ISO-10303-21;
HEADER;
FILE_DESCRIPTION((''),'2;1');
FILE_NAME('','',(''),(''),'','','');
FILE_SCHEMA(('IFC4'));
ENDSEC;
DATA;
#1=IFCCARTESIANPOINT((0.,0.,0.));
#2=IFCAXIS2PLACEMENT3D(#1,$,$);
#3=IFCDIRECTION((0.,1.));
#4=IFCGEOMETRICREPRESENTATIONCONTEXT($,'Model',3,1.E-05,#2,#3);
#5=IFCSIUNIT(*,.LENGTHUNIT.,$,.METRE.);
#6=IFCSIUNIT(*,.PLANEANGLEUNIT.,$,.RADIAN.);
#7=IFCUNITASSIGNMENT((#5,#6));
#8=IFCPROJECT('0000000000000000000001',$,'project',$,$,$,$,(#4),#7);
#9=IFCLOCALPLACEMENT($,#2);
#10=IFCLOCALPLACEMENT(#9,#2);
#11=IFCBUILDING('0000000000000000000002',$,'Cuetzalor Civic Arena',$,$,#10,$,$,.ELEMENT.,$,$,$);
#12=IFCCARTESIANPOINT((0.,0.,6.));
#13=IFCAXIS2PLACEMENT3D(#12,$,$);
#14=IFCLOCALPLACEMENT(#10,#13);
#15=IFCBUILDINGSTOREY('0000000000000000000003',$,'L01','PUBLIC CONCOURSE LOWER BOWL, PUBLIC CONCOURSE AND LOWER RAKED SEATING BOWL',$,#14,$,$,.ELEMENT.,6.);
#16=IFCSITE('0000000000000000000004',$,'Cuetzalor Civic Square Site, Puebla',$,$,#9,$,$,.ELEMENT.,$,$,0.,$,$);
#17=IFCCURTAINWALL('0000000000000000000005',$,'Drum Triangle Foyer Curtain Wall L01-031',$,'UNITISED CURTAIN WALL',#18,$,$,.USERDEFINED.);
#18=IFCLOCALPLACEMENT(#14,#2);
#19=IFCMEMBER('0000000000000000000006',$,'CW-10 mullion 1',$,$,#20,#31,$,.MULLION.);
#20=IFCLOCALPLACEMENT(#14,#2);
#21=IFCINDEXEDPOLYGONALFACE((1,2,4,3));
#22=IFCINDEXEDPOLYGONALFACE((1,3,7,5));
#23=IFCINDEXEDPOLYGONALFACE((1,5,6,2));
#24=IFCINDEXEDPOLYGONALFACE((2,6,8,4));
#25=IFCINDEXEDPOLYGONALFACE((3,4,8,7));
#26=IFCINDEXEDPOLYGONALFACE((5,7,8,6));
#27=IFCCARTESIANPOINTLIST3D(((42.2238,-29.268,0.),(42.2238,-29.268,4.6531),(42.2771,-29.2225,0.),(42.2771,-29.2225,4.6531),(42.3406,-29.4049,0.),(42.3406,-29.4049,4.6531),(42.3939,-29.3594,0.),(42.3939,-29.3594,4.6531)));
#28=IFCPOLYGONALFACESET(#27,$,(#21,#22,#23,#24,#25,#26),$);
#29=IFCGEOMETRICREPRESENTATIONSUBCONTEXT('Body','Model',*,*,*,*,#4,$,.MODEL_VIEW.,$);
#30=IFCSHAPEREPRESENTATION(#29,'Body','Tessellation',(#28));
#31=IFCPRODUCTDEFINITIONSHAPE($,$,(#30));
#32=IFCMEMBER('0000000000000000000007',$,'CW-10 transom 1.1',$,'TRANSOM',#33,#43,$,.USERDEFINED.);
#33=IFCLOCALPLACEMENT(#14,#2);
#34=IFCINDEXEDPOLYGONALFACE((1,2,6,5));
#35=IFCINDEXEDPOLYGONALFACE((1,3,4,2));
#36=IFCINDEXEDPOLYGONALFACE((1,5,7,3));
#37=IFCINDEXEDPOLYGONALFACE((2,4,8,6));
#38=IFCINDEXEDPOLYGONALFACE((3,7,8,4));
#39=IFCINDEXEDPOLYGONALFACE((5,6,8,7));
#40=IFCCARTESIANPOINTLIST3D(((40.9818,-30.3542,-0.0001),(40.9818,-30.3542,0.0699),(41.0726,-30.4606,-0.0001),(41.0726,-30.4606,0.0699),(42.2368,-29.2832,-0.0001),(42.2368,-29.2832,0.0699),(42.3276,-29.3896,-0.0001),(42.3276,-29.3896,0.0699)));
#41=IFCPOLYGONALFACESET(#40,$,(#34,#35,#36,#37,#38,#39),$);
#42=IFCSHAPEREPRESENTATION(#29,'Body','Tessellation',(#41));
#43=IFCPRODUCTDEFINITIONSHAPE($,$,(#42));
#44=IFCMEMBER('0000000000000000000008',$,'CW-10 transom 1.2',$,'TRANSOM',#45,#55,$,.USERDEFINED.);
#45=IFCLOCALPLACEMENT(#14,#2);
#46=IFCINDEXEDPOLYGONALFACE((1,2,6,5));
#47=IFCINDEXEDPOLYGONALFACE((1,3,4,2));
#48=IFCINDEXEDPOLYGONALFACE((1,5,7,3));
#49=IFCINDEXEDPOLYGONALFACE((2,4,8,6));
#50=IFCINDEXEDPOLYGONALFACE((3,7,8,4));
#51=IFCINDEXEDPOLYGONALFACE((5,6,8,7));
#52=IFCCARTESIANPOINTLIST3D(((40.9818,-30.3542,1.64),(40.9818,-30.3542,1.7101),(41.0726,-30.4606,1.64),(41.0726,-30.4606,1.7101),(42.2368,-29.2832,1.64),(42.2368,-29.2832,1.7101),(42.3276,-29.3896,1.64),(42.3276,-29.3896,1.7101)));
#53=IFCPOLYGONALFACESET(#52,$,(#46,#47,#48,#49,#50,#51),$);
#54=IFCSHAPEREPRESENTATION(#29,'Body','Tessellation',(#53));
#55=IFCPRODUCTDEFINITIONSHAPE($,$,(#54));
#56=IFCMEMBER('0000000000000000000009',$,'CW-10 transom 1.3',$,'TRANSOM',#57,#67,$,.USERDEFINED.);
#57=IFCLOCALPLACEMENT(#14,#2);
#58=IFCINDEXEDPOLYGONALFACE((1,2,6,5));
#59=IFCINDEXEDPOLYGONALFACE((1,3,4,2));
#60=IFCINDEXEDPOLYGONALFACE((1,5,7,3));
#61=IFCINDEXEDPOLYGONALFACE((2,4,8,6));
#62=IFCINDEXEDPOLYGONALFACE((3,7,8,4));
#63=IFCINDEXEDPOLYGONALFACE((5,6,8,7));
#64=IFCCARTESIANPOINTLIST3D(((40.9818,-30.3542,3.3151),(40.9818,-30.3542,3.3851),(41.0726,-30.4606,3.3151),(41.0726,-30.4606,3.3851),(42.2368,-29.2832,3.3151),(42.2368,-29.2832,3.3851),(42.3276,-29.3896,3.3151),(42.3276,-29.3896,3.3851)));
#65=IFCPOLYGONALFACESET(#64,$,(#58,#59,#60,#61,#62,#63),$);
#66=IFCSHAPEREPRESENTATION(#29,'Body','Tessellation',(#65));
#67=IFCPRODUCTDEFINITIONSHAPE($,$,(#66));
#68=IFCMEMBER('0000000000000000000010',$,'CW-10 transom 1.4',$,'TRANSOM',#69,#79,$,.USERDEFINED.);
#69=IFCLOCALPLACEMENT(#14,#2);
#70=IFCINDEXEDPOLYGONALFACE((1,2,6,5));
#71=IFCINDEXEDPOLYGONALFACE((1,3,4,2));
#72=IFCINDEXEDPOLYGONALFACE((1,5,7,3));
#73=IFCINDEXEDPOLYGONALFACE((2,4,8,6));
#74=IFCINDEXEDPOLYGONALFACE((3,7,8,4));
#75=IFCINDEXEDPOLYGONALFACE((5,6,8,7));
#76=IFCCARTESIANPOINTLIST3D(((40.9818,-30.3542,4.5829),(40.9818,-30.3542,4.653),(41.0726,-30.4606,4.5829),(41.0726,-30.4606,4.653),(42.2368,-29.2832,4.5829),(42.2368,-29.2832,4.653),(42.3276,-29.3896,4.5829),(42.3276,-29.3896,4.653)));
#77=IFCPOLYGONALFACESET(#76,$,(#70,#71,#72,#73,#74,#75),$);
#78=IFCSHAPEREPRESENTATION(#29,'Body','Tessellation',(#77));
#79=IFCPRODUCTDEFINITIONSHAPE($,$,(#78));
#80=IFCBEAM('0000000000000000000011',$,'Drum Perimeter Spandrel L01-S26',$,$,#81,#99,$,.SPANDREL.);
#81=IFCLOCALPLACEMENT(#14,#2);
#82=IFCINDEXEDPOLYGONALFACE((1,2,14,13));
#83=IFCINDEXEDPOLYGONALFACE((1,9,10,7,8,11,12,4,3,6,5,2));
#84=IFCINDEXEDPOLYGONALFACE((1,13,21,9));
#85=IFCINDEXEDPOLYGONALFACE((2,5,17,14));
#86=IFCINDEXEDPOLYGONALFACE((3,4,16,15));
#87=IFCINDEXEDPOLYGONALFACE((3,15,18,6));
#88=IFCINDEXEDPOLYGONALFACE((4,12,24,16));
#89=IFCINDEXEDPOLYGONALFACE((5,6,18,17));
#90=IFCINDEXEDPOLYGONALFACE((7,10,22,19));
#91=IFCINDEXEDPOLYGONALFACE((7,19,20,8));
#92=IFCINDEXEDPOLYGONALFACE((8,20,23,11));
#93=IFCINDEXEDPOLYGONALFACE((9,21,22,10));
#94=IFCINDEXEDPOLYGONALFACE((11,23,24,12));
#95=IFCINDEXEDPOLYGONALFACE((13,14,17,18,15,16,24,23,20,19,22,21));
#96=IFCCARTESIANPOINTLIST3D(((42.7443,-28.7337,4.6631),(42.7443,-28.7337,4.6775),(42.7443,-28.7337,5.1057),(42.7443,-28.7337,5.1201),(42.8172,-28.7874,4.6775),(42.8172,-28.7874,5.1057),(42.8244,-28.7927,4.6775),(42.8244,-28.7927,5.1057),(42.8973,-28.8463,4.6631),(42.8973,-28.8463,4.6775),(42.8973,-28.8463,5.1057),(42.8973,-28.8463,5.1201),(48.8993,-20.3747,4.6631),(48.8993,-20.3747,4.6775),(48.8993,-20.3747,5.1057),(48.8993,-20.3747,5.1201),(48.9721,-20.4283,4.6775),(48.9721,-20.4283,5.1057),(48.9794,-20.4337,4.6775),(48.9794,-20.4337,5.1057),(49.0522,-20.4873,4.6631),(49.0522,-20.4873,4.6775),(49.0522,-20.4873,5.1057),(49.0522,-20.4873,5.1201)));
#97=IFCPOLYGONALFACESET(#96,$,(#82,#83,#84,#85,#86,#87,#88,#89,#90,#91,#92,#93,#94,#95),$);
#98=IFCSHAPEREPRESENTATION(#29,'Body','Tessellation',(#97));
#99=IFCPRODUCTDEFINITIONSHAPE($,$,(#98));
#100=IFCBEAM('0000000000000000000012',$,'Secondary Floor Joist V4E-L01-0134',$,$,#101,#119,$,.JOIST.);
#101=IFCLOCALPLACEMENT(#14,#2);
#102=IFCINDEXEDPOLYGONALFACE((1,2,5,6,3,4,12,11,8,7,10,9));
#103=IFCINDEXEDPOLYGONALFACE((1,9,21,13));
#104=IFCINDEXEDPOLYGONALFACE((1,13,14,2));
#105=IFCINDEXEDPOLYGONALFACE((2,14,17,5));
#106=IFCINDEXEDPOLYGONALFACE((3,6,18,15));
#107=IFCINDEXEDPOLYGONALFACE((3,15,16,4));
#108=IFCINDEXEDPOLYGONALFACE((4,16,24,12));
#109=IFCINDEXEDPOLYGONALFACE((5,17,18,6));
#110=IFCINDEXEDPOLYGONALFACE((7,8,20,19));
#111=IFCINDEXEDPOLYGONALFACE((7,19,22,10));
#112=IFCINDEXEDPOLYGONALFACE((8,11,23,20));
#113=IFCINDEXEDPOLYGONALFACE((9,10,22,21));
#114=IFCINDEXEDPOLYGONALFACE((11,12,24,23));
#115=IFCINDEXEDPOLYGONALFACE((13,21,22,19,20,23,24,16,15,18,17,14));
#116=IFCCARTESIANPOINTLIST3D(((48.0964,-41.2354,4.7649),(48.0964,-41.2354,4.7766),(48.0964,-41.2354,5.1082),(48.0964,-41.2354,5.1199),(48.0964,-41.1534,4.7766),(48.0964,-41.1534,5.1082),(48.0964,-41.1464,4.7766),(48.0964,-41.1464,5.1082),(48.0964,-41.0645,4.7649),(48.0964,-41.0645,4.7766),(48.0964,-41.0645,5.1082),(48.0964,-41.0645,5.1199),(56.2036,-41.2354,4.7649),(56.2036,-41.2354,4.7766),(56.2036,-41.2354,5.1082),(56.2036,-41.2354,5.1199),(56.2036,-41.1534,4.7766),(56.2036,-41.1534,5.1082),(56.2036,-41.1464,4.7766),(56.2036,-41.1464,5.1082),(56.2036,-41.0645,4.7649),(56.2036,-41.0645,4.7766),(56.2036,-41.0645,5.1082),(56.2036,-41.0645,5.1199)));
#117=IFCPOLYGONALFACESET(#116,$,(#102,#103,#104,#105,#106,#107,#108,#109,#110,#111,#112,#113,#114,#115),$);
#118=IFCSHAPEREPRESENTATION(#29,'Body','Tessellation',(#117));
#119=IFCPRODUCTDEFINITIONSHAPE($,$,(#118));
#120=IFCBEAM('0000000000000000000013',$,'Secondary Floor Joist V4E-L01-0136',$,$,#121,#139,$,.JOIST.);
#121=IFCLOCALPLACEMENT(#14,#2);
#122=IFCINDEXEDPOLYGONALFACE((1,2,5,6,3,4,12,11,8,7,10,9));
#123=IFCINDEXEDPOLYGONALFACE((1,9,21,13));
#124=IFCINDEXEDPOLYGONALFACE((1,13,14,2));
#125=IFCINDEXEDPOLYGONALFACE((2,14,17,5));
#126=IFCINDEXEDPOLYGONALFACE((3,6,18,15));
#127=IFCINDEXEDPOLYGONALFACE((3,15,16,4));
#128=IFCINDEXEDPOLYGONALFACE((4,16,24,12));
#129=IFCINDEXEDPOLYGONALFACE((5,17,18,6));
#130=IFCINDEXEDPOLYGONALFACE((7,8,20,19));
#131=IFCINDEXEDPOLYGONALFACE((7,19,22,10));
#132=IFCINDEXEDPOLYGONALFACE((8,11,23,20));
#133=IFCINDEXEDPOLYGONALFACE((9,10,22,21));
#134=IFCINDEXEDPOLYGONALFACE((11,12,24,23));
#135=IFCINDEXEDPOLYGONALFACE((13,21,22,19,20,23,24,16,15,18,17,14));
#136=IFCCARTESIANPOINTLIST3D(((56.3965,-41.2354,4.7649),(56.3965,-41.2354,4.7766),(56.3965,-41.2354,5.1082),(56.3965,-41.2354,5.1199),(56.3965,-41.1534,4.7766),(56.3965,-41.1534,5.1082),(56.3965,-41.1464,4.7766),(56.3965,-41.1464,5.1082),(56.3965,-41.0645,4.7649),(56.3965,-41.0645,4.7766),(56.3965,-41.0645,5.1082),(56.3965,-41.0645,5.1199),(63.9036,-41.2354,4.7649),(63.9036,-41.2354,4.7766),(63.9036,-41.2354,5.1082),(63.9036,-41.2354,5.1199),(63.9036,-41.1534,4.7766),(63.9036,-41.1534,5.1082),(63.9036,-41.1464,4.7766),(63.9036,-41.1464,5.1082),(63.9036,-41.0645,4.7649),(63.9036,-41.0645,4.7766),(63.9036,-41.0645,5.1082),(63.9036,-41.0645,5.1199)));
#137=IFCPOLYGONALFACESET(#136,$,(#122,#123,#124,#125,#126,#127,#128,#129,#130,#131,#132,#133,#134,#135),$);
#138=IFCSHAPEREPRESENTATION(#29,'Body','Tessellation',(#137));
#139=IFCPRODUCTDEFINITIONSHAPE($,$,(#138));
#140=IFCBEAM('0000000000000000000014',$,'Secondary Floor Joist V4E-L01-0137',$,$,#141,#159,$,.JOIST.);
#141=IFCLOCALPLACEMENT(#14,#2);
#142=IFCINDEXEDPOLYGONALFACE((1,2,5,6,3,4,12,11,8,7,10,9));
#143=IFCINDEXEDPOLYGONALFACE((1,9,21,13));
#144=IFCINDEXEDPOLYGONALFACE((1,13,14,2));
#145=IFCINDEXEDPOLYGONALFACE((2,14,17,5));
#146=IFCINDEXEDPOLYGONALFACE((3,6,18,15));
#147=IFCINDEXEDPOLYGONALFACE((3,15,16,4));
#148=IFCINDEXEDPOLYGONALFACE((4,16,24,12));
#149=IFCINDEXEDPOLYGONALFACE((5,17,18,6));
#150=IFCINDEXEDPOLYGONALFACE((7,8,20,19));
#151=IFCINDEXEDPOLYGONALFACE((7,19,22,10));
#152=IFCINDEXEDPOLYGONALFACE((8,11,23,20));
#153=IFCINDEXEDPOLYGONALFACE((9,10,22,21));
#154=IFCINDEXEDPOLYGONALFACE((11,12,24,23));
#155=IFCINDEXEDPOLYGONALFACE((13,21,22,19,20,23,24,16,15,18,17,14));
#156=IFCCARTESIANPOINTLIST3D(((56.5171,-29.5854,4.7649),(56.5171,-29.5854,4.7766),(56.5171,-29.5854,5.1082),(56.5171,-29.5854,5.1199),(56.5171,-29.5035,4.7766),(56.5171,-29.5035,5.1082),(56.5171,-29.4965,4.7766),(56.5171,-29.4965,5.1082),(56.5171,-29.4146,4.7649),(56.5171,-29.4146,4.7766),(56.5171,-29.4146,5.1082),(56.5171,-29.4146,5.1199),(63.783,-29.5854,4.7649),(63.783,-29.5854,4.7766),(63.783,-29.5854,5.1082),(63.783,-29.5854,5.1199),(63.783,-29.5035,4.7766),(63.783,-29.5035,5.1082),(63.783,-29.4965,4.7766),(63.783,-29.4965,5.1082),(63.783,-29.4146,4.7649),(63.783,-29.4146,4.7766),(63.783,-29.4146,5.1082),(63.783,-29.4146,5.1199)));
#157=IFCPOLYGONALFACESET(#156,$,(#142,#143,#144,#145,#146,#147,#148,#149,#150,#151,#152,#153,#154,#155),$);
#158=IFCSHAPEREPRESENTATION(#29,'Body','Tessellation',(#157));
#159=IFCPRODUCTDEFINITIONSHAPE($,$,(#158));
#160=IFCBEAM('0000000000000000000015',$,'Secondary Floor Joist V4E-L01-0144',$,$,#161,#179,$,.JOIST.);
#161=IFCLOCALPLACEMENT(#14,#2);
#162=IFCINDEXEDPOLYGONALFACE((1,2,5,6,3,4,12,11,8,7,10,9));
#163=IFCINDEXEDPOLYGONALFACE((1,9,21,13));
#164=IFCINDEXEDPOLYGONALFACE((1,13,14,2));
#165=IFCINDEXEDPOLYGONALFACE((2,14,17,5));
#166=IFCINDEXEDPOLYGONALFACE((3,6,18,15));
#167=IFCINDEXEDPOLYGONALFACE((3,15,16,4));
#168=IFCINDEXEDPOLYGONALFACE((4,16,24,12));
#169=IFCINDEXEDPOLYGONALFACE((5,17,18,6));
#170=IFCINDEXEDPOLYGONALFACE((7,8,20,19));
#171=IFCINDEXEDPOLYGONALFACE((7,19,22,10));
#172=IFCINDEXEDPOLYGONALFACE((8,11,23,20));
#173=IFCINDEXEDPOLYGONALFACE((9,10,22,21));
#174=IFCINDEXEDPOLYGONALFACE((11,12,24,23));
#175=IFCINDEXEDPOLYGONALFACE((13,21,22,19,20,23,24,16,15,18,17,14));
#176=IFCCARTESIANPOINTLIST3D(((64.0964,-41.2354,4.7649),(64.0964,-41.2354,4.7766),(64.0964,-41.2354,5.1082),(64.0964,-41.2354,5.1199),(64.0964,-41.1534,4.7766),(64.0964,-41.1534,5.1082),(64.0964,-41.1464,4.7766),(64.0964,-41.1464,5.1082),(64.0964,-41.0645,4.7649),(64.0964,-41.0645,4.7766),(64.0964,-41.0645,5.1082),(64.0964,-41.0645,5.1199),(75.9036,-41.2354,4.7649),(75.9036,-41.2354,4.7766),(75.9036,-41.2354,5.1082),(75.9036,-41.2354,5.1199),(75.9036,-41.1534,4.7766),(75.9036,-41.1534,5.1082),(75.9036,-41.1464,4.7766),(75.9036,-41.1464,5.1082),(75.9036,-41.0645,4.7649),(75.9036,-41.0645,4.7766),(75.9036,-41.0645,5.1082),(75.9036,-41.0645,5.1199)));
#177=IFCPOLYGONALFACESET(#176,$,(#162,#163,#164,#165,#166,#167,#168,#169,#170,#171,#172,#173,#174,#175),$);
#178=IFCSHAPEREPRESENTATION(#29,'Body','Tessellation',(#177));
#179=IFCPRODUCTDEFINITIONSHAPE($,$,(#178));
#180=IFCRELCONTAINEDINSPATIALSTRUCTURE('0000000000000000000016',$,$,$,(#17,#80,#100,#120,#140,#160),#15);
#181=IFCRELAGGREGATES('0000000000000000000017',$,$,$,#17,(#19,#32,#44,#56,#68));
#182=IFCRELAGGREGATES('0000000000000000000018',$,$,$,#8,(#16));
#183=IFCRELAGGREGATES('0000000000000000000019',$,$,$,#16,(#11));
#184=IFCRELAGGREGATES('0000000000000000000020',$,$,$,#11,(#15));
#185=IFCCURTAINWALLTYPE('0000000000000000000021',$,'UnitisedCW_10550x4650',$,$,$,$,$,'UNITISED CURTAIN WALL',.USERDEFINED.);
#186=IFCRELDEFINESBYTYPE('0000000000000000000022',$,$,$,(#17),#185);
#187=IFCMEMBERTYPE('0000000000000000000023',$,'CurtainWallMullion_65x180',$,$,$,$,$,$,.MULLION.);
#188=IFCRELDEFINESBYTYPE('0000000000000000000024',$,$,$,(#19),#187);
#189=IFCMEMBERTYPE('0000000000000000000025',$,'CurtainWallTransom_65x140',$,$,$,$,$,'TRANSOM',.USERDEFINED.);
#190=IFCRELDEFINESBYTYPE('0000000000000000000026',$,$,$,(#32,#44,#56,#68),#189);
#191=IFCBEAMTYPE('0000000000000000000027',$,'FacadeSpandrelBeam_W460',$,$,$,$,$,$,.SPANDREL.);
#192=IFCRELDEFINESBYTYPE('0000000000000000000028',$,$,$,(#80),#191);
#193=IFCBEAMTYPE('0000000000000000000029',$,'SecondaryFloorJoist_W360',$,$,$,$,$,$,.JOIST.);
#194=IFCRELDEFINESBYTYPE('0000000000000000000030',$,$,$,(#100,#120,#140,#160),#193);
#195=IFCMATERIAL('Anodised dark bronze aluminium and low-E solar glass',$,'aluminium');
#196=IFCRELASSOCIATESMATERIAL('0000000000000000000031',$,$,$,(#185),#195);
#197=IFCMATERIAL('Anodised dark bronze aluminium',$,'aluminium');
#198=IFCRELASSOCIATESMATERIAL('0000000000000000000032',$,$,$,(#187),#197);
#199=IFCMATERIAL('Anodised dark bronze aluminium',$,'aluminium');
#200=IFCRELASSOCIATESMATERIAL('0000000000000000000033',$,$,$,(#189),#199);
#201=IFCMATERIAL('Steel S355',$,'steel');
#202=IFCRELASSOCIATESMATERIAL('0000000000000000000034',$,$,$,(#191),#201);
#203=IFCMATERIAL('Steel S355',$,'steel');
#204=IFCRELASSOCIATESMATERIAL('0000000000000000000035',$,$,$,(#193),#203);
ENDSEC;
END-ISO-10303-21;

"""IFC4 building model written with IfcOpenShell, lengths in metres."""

from ifc_helpers import new_model, si_unit, direction, frame, origin, origin_2d, place, context, subcontext, project, spatial, rectangle, i_section, extrude, material, material_profile, profile_set, type_object, element, aggregate, save


model = new_model("IFC4")

# Units and contexts
model_context = context("Model", 3, precision=1e-05, world=origin(), true_north=direction((0.0, 1.0)))
body_context = subcontext(model_context, "Body", "Model", "MODEL_VIEW")
ifc_project = project(units=[si_unit("LENGTHUNIT", "METRE"), si_unit("PLANEANGLEUNIT", "RADIAN")], contexts=[model_context])

# Site, building, storey
site_placement = place(None, origin())
site = spatial("IfcSite", under=ifc_project, at=site_placement, Name="Cuetzalor Civic Square Site, Puebla", CompositionType="ELEMENT", RefElevation=0.0)
building_placement = place(site_placement, origin())
building = spatial("IfcBuilding", under=site, at=building_placement, Name="Cuetzalor Civic Arena", CompositionType="ELEMENT")
storey_placement = place(building_placement, frame((0.0, 0.0, 6.0)))
storey = spatial("IfcBuildingStorey", under=building, at=storey_placement, Name="L01", Description="PUBLIC CONCOURSE LOWER BOWL, PUBLIC CONCOURSE AND LOWER RAKED SEATING BOWL", CompositionType="ELEMENT", Elevation=6.0)

# Curtain wall, members
ifc_material_1 = material(Name="Anodised dark bronze aluminium and low-E solar glass", Category="aluminium")
curtain_wall_type = type_object("IfcCurtainWallType", Name="UnitisedCW_10550x4650", ElementType="UNITISED CURTAIN WALL", PredefinedType="USERDEFINED", material=ifc_material_1)
curtain_wall_placement = place(storey_placement, origin())
curtain_wall = element("IfcCurtainWall", 1, at=curtain_wall_placement, inside=storey, type_object=curtain_wall_type, Name="Drum Triangle Foyer Curtain Wall L01-031", ObjectType="UNITISED CURTAIN WALL", PredefinedType="USERDEFINED")
ifc_material_2 = material(Name="Anodised dark bronze aluminium", Category="aluminium")
ifc_material_profile_1 = material_profile(ifc_material_2, rectangle(XDim=0.0701, YDim=0.1799, at=origin_2d()), Name="ALU MULLION 70x180")
ifc_profile_set_1 = profile_set([ifc_material_profile_1], Name="Anodised dark bronze aluminium")
member_type_1 = type_object("IfcMemberType", Name="CurtainWallMullion_65x180", PredefinedType="MULLION", material=ifc_profile_set_1)
member_1_placement = place(storey_placement, frame((42.3088, -29.3137, 0.0), z_axis=(0.0, 0.0, 1.0), x_axis=(-0.760677, -0.64913, 0.0)))
member_1 = element("IfcMember", 2, at=member_1_placement, type_object=member_type_1, Name="CW-10 mullion 1", PredefinedType="MULLION", context=body_context, shape_type="SweptSolid", body=[
    extrude(rectangle(XDim=0.0701, YDim=0.1799, at=origin_2d()), origin(), (0.0, 0.0, 1.0), 4.6531),
])
ifc_material_3 = material(Name="Anodised dark bronze aluminium", Category="aluminium")
ifc_material_profile_2 = material_profile(ifc_material_3, rectangle(XDim=0.1399, YDim=0.0701, at=origin_2d()), Name="ALU TRANSOM 70x140")
ifc_profile_set_2 = profile_set([ifc_material_profile_2], Name="Anodised dark bronze aluminium")
member_type_2 = type_object("IfcMemberType", Name="CurtainWallTransom_65x140", ElementType="TRANSOM", PredefinedType="USERDEFINED", material=ifc_profile_set_2)
member_2_placement = place(storey_placement, frame((42.2822, -29.3364, 0.0349), z_axis=(-0.760686, -0.64912, 0.0), x_axis=(0.64912, -0.760686, 0.0)))
member_2 = element("IfcMember", 3, at=member_2_placement, type_object=member_type_2, Name="CW-10 transom 1.1", ObjectType="TRANSOM", PredefinedType="USERDEFINED", context=body_context, shape_type="SweptSolid", body=[
    extrude(rectangle(XDim=0.1399, YDim=0.0701, at=origin_2d()), origin(), (0.0, 0.0, 1.0), 1.6499),
])
member_3_placement = place(storey_placement, frame((42.2822, -29.3364, 1.675), z_axis=(-0.760686, -0.64912, 0.0), x_axis=(0.64912, -0.760686, 0.0)))
member_3 = element("IfcMember", 4, at=member_3_placement, type_object=member_type_2, Name="CW-10 transom 1.2", ObjectType="TRANSOM", PredefinedType="USERDEFINED", context=body_context, shape_type="SweptSolid", body=[
    extrude(rectangle(XDim=0.1399, YDim=0.0701, at=origin_2d()), origin(), (0.0, 0.0, 1.0), 1.6499),
])
member_4_placement = place(storey_placement, frame((42.2822, -29.3364, 3.3501), z_axis=(-0.760686, -0.64912, 0.0), x_axis=(0.64912, -0.760686, 0.0)))
member_4 = element("IfcMember", 5, at=member_4_placement, type_object=member_type_2, Name="CW-10 transom 1.3", ObjectType="TRANSOM", PredefinedType="USERDEFINED", context=body_context, shape_type="SweptSolid", body=[
    extrude(rectangle(XDim=0.1399, YDim=0.0701, at=origin_2d()), origin(), (0.0, 0.0, 1.0), 1.6499),
])
member_5_placement = place(storey_placement, frame((42.2822, -29.3364, 4.6179), z_axis=(-0.760686, -0.64912, 0.0), x_axis=(0.64912, -0.760686, 0.0)))
member_5 = element("IfcMember", 6, at=member_5_placement, type_object=member_type_2, Name="CW-10 transom 1.4", ObjectType="TRANSOM", PredefinedType="USERDEFINED", context=body_context, shape_type="SweptSolid", body=[
    extrude(rectangle(XDim=0.1399, YDim=0.0701, at=origin_2d()), origin(), (0.0, 0.0, 1.0), 1.6499),
])
aggregate(curtain_wall, [member_1, member_2, member_3, member_4, member_5])

# Beams
ifc_material_4 = material(Name="Steel S355", Category="steel")
ifc_material_profile_3 = material_profile(ifc_material_4, i_section(OverallWidth=0.1899, OverallDepth=0.457, WebThickness=0.009, FlangeThickness=0.0144, at=origin_2d()), Name="W460x74")
ifc_profile_set_3 = profile_set([ifc_material_profile_3], Name="Steel S355")
beam_type_1 = type_object("IfcBeamType", Name="FacadeSpandrelBeam_W460", PredefinedType="SPANDREL", material=ifc_profile_set_3)
beam_1_placement = place(storey_placement, frame((42.8208, -28.79, 4.8916), z_axis=(0.592929, 0.805255, 0.0), x_axis=(-0.805255, 0.592929, 0.0)))
element("IfcBeam", 7, at=beam_1_placement, inside=storey, type_object=beam_type_1, Name="Drum Perimeter Spandrel L01-S26", PredefinedType="SPANDREL", context=body_context, shape_type="SweptSolid", body=[
    extrude(i_section(OverallWidth=0.1899, OverallDepth=0.457, WebThickness=0.009, FlangeThickness=0.0144, at=origin_2d()), origin(), (0.0, 0.0, 1.0), 10.3806),
])
ifc_material_5 = material(Name="Steel S355", Category="steel")
ifc_material_profile_4 = material_profile(ifc_material_5, i_section(OverallWidth=0.1709, OverallDepth=0.355, WebThickness=0.0071, FlangeThickness=0.0117, at=origin_2d()), Name="W360x51")
ifc_profile_set_4 = profile_set([ifc_material_profile_4], Name="Steel S355")
beam_type_2 = type_object("IfcBeamType", Name="SecondaryFloorJoist_W360", PredefinedType="JOIST", material=ifc_profile_set_4)
beam_2_placement = place(storey_placement, frame((48.0964, -41.1499, 4.9424), z_axis=(1.0, 0.0, 0.0), x_axis=(0.0, 1.0, 0.0)))
element("IfcBeam", 8, at=beam_2_placement, inside=storey, type_object=beam_type_2, Name="Secondary Floor Joist V4E-L01-0134", PredefinedType="JOIST", context=body_context, shape_type="SweptSolid", body=[
    extrude(i_section(OverallWidth=0.1709, OverallDepth=0.355, WebThickness=0.0071, FlangeThickness=0.0117, at=origin_2d()), origin(), (0.0, 0.0, 1.0), 8.1072),
])
beam_3_placement = place(storey_placement, frame((56.3965, -41.1499, 4.9424), z_axis=(1.0, 0.0, 0.0), x_axis=(0.0, 1.0, 0.0)))
element("IfcBeam", 9, at=beam_3_placement, inside=storey, type_object=beam_type_2, Name="Secondary Floor Joist V4E-L01-0136", PredefinedType="JOIST", context=body_context, shape_type="SweptSolid", body=[
    extrude(i_section(OverallWidth=0.1709, OverallDepth=0.355, WebThickness=0.0071, FlangeThickness=0.0117, at=origin_2d()), origin(), (0.0, 0.0, 1.0), 7.5071),
])
beam_4_placement = place(storey_placement, frame((56.5171, -29.5, 4.9424), z_axis=(1.0, 0.0, 0.0), x_axis=(0.0, 1.0, 0.0)))
element("IfcBeam", 10, at=beam_4_placement, inside=storey, type_object=beam_type_2, Name="Secondary Floor Joist V4E-L01-0137", PredefinedType="JOIST", context=body_context, shape_type="SweptSolid", body=[
    extrude(i_section(OverallWidth=0.1709, OverallDepth=0.355, WebThickness=0.0071, FlangeThickness=0.0117, at=origin_2d()), origin(), (0.0, 0.0, 1.0), 7.2659),
])
beam_5_placement = place(storey_placement, frame((64.0964, -41.1499, 4.9424), z_axis=(1.0, 0.0, 0.0), x_axis=(0.0, 1.0, 0.0)))
element("IfcBeam", 11, at=beam_5_placement, inside=storey, type_object=beam_type_2, Name="Secondary Floor Joist V4E-L01-0144", PredefinedType="JOIST", context=body_context, shape_type="SweptSolid", body=[
    extrude(i_section(OverallWidth=0.1709, OverallDepth=0.355, WebThickness=0.0071, FlangeThickness=0.0117, at=origin_2d()), origin(), (0.0, 0.0, 1.0), 11.8071),
])

save(model, "model.ifc")
